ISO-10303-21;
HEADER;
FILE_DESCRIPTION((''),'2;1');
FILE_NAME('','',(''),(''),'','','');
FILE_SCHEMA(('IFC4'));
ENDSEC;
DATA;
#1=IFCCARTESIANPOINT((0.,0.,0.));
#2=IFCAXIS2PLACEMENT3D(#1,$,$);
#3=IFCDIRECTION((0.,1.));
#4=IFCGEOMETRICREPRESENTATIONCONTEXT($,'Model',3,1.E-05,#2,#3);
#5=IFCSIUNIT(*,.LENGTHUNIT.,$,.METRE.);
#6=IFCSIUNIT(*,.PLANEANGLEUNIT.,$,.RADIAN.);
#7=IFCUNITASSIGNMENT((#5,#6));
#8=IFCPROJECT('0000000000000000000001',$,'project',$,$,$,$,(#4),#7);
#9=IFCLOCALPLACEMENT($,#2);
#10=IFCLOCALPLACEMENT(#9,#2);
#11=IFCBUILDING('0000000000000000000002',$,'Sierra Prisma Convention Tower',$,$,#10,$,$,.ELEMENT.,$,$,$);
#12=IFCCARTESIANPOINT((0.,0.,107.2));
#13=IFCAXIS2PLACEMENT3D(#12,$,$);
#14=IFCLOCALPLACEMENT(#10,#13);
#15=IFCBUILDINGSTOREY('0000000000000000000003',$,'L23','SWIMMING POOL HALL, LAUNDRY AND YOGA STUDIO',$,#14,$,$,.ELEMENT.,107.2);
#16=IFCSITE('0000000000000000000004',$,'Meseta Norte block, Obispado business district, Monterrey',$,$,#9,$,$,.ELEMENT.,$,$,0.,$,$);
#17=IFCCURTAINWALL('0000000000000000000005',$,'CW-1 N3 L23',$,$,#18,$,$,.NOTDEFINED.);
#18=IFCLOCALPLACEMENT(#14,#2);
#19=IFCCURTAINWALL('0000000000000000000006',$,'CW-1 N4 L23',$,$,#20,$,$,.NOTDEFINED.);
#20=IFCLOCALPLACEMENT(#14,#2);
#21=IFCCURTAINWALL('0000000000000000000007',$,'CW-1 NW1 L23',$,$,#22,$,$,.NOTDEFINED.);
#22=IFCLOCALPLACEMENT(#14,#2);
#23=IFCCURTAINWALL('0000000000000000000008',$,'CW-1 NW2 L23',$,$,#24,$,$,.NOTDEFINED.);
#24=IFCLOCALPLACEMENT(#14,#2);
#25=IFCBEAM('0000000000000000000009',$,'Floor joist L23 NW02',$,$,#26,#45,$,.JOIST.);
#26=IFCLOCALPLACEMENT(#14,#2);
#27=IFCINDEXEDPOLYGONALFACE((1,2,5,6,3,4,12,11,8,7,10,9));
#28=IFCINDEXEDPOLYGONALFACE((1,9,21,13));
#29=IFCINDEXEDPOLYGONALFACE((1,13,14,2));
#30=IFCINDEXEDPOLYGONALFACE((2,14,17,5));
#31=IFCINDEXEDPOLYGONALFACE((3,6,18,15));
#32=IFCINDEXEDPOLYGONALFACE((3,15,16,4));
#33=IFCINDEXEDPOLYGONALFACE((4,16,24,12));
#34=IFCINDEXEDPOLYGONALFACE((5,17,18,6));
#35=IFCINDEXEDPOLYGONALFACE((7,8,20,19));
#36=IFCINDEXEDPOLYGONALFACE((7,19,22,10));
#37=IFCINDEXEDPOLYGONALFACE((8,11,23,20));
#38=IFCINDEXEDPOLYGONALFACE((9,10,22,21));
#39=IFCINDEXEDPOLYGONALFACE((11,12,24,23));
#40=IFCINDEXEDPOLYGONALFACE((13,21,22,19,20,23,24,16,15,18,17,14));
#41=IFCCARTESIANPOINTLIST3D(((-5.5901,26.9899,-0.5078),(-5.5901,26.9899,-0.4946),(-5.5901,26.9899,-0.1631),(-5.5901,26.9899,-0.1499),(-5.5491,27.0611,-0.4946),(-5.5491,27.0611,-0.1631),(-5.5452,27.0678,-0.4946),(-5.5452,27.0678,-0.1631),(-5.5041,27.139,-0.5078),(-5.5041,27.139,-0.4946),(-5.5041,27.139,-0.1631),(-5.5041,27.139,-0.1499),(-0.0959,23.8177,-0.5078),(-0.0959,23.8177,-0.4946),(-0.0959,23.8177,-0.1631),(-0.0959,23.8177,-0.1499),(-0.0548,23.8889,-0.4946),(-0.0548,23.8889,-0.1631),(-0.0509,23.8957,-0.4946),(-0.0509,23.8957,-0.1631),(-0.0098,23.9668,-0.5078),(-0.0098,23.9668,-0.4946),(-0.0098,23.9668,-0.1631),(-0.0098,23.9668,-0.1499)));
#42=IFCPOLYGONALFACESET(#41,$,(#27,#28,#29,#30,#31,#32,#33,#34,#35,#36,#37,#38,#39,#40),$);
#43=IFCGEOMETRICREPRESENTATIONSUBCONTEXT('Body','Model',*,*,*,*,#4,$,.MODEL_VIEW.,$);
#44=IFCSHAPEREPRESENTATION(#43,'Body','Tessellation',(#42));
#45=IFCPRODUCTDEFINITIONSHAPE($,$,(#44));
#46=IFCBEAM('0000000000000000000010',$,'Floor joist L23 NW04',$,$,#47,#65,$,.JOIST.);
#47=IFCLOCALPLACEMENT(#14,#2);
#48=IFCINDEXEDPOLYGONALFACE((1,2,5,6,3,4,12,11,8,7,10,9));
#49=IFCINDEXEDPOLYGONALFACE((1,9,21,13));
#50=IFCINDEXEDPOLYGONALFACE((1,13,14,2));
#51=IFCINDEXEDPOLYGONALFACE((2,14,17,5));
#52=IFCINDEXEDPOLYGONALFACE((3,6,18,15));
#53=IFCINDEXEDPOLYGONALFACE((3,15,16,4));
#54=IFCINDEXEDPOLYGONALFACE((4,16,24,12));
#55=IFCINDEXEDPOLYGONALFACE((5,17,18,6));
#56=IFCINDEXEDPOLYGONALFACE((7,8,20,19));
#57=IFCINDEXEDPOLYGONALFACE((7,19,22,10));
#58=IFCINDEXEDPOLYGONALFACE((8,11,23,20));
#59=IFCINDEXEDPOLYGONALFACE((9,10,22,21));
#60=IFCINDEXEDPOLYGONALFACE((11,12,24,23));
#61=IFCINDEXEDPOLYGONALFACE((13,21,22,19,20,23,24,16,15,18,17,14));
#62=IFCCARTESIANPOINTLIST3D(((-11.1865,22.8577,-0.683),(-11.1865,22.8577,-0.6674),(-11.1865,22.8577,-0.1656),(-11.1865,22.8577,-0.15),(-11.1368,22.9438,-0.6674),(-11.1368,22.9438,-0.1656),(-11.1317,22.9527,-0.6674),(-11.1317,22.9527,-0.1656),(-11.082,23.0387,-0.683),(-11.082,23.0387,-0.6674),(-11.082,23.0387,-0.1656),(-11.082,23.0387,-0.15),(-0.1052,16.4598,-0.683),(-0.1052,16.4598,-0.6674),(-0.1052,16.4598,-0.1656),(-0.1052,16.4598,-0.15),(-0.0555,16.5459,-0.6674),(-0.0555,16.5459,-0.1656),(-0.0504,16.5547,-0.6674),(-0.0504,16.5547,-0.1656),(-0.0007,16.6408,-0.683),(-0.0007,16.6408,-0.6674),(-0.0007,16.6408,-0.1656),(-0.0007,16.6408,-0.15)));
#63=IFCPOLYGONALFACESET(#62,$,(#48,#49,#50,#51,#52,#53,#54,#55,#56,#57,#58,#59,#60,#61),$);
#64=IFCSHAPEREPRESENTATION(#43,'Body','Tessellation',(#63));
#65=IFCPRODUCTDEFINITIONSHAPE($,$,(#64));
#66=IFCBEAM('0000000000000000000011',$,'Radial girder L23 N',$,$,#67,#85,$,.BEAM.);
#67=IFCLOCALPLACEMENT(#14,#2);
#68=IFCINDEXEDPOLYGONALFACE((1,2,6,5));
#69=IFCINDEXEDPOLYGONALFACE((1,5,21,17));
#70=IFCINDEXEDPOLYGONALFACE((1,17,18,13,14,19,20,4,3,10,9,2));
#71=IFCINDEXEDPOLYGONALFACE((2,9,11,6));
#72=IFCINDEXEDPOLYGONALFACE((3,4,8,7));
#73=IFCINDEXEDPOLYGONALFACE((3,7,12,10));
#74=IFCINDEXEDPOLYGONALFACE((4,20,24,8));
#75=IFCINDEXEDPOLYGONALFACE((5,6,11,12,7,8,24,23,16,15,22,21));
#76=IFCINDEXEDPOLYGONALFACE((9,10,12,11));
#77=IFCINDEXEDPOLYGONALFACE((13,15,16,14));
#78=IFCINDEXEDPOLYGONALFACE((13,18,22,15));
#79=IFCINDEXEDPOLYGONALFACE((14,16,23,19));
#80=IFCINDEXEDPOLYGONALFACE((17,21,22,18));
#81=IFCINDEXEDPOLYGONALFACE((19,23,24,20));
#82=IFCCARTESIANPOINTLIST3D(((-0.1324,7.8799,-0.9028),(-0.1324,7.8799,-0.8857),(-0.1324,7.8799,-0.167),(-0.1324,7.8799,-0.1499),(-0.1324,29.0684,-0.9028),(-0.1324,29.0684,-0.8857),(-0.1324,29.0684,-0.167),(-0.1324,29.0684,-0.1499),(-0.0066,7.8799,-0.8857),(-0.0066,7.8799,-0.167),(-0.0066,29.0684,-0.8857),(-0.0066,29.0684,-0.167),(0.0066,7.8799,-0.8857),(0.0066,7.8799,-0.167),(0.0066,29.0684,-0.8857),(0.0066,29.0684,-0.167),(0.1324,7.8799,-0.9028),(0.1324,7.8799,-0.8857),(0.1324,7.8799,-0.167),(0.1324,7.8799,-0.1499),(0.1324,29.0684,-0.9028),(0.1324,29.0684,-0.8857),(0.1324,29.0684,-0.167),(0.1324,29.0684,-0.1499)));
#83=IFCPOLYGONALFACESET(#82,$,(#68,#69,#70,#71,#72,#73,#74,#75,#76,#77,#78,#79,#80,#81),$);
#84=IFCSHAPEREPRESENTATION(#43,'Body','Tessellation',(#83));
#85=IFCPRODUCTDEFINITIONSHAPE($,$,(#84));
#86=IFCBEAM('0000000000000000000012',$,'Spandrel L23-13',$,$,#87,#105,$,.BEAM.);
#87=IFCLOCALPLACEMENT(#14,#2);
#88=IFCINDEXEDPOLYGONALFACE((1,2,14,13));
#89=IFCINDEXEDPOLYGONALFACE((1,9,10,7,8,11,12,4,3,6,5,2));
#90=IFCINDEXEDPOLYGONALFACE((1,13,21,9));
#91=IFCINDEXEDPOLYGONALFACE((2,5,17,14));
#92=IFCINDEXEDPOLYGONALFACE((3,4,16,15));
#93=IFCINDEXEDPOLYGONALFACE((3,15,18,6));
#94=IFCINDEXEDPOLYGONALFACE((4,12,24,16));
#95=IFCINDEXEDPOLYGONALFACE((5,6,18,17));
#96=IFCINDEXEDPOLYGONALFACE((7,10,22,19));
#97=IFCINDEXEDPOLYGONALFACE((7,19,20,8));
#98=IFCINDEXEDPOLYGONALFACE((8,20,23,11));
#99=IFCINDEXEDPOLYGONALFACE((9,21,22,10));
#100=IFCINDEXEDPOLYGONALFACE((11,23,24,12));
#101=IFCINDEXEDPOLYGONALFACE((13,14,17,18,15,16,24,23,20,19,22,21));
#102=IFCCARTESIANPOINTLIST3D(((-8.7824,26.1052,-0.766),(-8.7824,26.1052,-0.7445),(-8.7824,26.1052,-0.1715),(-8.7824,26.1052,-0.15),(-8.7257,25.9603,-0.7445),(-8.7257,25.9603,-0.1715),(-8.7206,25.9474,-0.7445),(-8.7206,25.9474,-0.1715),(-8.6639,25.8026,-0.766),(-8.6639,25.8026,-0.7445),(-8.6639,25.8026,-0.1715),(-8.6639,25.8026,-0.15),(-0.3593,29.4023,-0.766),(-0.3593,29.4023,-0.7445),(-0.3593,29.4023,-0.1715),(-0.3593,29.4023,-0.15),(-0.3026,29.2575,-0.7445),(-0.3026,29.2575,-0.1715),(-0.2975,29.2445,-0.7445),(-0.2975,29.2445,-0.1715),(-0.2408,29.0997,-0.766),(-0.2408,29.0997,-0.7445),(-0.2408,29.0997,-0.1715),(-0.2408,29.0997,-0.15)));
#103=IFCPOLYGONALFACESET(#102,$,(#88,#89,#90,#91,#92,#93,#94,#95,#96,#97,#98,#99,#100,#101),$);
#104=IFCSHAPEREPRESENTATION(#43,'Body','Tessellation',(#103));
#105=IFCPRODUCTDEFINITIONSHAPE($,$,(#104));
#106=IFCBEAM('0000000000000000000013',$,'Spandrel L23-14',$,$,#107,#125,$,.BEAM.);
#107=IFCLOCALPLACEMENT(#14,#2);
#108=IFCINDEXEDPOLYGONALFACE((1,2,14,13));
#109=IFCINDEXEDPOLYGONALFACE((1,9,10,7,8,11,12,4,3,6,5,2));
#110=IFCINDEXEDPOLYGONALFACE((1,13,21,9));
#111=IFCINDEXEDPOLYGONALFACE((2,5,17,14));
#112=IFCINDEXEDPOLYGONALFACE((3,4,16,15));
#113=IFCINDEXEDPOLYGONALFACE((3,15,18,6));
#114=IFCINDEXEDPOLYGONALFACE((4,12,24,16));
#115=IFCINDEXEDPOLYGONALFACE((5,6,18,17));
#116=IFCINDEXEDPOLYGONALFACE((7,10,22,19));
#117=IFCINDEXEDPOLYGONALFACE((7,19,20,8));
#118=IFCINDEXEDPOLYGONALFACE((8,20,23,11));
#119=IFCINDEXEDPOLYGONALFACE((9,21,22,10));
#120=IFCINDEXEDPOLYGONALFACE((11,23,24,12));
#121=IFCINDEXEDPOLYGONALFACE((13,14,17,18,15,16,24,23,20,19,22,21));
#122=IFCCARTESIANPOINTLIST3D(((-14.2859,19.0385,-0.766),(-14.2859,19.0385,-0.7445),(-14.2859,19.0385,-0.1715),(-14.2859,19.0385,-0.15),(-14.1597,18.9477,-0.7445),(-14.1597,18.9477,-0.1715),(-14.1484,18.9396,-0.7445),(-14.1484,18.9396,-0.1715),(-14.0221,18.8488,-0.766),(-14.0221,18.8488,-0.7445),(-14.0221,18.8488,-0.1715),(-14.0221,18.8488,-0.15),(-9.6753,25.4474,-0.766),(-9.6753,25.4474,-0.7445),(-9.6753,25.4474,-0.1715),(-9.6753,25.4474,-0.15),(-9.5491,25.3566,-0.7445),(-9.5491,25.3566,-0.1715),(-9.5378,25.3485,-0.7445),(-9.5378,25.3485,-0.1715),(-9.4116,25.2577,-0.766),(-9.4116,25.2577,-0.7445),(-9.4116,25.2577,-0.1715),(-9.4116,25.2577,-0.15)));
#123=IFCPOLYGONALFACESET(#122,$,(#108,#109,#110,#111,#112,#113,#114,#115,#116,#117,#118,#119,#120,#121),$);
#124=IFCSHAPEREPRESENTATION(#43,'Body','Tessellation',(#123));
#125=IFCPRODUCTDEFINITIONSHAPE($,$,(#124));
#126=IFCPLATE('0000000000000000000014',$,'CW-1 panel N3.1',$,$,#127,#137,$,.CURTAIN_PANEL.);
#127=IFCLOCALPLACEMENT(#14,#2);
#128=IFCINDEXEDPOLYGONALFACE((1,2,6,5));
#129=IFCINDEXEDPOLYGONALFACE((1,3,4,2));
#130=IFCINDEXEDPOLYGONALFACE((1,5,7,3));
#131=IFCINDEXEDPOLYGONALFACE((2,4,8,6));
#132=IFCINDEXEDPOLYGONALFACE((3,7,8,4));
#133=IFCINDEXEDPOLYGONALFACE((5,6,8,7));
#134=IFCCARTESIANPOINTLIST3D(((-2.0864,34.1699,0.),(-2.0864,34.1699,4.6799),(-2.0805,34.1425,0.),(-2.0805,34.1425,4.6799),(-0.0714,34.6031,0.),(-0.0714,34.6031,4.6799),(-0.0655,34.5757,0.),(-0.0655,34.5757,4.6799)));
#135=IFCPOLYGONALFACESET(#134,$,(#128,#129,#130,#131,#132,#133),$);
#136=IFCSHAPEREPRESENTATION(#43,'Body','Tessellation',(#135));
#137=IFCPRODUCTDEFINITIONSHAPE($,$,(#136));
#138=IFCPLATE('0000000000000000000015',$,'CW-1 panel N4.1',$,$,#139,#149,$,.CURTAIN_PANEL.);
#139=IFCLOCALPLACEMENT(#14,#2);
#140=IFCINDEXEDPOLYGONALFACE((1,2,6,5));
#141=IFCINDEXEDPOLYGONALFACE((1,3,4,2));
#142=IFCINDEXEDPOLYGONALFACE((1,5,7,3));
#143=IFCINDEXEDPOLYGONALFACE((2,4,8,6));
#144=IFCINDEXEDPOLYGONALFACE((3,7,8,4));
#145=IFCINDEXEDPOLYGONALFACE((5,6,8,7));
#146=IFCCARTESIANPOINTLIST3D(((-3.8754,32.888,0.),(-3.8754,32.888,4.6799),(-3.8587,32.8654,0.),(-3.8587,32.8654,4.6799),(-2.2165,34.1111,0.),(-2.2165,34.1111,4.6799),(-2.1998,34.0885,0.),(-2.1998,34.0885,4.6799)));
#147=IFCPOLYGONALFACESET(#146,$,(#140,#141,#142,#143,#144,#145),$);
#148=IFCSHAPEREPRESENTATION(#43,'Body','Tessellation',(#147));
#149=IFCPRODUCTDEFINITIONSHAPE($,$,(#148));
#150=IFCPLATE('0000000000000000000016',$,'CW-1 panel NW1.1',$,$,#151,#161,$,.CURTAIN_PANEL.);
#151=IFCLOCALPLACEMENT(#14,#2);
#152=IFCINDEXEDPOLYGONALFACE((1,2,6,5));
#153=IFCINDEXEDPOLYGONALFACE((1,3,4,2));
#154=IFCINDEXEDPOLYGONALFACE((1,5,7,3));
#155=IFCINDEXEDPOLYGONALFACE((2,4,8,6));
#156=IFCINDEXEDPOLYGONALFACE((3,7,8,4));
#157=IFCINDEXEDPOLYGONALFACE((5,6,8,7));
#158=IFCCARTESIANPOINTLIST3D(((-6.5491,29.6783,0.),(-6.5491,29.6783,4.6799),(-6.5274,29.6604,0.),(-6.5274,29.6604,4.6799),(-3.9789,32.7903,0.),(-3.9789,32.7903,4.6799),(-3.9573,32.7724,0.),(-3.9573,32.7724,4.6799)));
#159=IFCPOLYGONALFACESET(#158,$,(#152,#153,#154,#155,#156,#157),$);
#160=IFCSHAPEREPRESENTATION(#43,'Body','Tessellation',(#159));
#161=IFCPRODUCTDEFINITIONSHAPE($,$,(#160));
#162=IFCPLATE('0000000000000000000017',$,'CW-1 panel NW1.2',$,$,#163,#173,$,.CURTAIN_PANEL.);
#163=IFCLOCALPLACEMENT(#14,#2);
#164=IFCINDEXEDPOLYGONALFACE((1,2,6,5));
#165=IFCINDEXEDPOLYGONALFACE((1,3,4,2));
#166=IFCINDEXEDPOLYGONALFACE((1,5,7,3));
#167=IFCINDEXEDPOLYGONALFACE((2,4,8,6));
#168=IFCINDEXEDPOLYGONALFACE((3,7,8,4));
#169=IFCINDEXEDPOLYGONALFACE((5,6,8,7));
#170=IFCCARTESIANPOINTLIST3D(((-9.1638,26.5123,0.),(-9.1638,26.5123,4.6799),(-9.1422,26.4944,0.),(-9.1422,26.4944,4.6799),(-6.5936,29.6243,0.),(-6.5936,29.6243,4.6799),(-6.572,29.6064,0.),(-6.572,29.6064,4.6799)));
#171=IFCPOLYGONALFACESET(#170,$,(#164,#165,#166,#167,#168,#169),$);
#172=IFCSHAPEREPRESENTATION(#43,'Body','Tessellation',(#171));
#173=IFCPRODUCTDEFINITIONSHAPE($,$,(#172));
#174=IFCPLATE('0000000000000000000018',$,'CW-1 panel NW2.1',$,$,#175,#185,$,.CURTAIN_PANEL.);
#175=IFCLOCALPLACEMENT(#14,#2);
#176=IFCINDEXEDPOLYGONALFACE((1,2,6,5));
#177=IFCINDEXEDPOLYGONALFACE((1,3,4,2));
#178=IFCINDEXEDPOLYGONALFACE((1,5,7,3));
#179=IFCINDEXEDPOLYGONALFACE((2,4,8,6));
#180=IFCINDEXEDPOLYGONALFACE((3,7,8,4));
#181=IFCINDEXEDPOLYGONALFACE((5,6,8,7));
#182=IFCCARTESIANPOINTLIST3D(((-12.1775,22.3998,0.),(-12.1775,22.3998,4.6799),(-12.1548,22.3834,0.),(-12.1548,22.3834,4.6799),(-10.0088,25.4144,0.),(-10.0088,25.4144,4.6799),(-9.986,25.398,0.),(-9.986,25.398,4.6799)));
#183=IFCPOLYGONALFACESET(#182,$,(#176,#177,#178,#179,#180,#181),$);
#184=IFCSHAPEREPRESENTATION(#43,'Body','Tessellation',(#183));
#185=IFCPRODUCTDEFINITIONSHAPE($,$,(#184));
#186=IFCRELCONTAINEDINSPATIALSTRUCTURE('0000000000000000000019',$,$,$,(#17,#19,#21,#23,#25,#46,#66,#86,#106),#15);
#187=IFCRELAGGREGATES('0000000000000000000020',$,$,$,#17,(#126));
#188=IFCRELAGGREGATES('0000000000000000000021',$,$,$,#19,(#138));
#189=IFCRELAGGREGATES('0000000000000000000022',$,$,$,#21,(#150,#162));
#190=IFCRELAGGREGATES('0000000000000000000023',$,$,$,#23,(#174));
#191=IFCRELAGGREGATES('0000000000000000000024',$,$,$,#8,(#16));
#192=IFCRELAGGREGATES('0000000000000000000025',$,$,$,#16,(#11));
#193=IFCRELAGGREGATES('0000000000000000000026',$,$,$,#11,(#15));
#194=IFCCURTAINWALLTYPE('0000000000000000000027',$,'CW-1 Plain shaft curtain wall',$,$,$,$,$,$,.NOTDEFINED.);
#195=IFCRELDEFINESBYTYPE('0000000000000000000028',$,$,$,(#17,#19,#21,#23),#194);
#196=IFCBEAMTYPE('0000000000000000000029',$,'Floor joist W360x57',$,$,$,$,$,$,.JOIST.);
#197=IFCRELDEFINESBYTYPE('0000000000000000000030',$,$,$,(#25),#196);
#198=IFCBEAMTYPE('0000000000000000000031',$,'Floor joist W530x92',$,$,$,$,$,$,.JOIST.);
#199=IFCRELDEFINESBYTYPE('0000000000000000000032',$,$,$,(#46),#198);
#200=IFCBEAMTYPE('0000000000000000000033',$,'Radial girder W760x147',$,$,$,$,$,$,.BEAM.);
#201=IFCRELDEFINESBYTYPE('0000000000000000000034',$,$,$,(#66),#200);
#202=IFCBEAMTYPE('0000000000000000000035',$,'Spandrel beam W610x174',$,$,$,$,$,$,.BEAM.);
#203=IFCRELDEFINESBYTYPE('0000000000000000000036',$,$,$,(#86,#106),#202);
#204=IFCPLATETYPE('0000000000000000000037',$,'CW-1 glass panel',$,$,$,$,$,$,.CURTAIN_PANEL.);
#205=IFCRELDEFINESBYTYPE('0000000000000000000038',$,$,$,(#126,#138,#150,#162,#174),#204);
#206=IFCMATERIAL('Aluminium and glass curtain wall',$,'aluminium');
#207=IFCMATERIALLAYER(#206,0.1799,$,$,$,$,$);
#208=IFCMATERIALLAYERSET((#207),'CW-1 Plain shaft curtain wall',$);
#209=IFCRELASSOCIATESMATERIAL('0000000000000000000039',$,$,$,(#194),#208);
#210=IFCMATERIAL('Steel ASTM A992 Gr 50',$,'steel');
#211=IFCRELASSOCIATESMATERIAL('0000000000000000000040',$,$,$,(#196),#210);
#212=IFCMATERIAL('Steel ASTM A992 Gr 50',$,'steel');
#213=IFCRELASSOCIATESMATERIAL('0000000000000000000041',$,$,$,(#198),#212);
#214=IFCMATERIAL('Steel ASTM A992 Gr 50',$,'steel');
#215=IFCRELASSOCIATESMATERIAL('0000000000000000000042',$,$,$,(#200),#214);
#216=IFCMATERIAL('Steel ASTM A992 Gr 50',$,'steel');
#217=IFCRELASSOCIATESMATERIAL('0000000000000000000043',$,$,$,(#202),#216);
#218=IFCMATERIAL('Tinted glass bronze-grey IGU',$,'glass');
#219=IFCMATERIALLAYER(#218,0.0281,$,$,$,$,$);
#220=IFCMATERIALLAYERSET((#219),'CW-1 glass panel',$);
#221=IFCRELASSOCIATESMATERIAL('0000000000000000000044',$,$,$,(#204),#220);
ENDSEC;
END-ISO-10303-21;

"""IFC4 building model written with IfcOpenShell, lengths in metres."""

from ifc_helpers import new_model, si_unit, direction, frame, origin, origin_2d, place, context, subcontext, project, spatial, rectangle, i_section, extrude, material, layer, layer_set, material_profile, profile_set, type_object, element, aggregate, save


model = new_model("IFC4")

# Units and contexts
model_context = context("Model", 3, precision=1e-05, world=origin(), true_north=direction((0.0, 1.0)))
body_context = subcontext(model_context, "Body", "Model", "MODEL_VIEW")
ifc_project = project(units=[si_unit("LENGTHUNIT", "METRE"), si_unit("PLANEANGLEUNIT", "RADIAN")], contexts=[model_context])

# Site, building, storey
site_placement = place(None, origin())
site = spatial("IfcSite", under=ifc_project, at=site_placement, Name="Meseta Norte block, Obispado business district, Monterrey", CompositionType="ELEMENT", RefElevation=0.0)
building_placement = place(site_placement, origin())
building = spatial("IfcBuilding", under=site, at=building_placement, Name="Sierra Prisma Convention Tower", CompositionType="ELEMENT")
storey_placement = place(building_placement, frame((0.0, 0.0, 107.2)))
storey = spatial("IfcBuildingStorey", under=building, at=storey_placement, Name="L23", Description="SWIMMING POOL HALL, LAUNDRY AND YOGA STUDIO", CompositionType="ELEMENT", Elevation=107.2)

# Curtain walls
ifc_material_1 = material(Name="Aluminium and glass curtain wall", Category="aluminium")
ifc_layer_1 = layer(ifc_material_1, 0.1799)
ifc_layer_set_1 = layer_set([ifc_layer_1], Name="CW-1 Plain shaft curtain wall")
curtain_wall_type = type_object("IfcCurtainWallType", Name="CW-1 Plain shaft curtain wall", PredefinedType="NOTDEFINED", material=ifc_layer_set_1)
curtain_wall_1_placement = place(storey_placement, origin())
curtain_wall_1 = element("IfcCurtainWall", 1, at=curtain_wall_1_placement, inside=storey, type_object=curtain_wall_type, Name="CW-1 N3 L23", PredefinedType="NOTDEFINED")
curtain_wall_2_placement = place(storey_placement, origin())
curtain_wall_2 = element("IfcCurtainWall", 2, at=curtain_wall_2_placement, inside=storey, type_object=curtain_wall_type, Name="CW-1 N4 L23", PredefinedType="NOTDEFINED")

# Curtain walls
curtain_wall_3_placement = place(storey_placement, origin())
curtain_wall_3 = element("IfcCurtainWall", 3, at=curtain_wall_3_placement, inside=storey, type_object=curtain_wall_type, Name="CW-1 NW1 L23", PredefinedType="NOTDEFINED")
curtain_wall_4_placement = place(storey_placement, origin())
curtain_wall_4 = element("IfcCurtainWall", 4, at=curtain_wall_4_placement, inside=storey, type_object=curtain_wall_type, Name="CW-1 NW2 L23", PredefinedType="NOTDEFINED")

# Beams
ifc_material_2 = material(Name="Steel ASTM A992 Gr 50", Category="steel")
ifc_material_profile_1 = material_profile(ifc_material_2, i_section(OverallWidth=0.1721, OverallDepth=0.3579, WebThickness=0.0078, FlangeThickness=0.0132, at=origin_2d()), Name="W360x57")
ifc_profile_set_1 = profile_set([ifc_material_profile_1], Name="Steel ASTM A992 Gr 50")
beam_type_1 = type_object("IfcBeamType", Name="Floor joist W360x57", PredefinedType="JOIST", material=ifc_profile_set_1)
beam_1_placement = place(storey_placement, frame((-5.5471, 27.0645, -0.3289), z_axis=(0.86602, -0.500009, 0.0), x_axis=(0.500009, 0.86602, 0.0)))
element("IfcBeam", 5, at=beam_1_placement, inside=storey, type_object=beam_type_1, Name="Floor joist L23 NW02", PredefinedType="JOIST", context=body_context, shape_type="SweptSolid", body=[
    extrude(i_section(OverallWidth=0.1721, OverallDepth=0.3579, WebThickness=0.0078, FlangeThickness=0.0132, at=origin_2d()), origin(), (0.0, 0.0, 1.0), 6.3442),
])
ifc_material_3 = material(Name="Steel ASTM A992 Gr 50", Category="steel")
ifc_material_profile_2 = material_profile(ifc_material_3, i_section(OverallWidth=0.209, OverallDepth=0.533, WebThickness=0.0103, FlangeThickness=0.0156, at=origin_2d()), Name="W530x92")
ifc_profile_set_2 = profile_set([ifc_material_profile_2], Name="Steel ASTM A992 Gr 50")
beam_type_2 = type_object("IfcBeamType", Name="Floor joist W530x92", PredefinedType="JOIST", material=ifc_profile_set_2)
beam_2_placement = place(storey_placement, frame((-11.1343, 22.9482, -0.4165), z_axis=(0.86602, -0.500009, 0.0), x_axis=(0.500009, 0.86602, 0.0)))
element("IfcBeam", 6, at=beam_2_placement, inside=storey, type_object=beam_type_2, Name="Floor joist L23 NW04", PredefinedType="JOIST", context=body_context, shape_type="SweptSolid", body=[
    extrude(i_section(OverallWidth=0.209, OverallDepth=0.533, WebThickness=0.0103, FlangeThickness=0.0156, at=origin_2d()), origin(), (0.0, 0.0, 1.0), 12.7957),
])
ifc_material_4 = material(Name="Steel ASTM A992 Gr 50", Category="steel")
ifc_material_profile_3 = material_profile(ifc_material_4, i_section(OverallWidth=0.2649, OverallDepth=0.7529, WebThickness=0.0132, FlangeThickness=0.0171, at=origin_2d()), Name="W760x147")
ifc_profile_set_3 = profile_set([ifc_material_profile_3], Name="Steel ASTM A992 Gr 50")
beam_type_3 = type_object("IfcBeamType", Name="Radial girder W760x147", PredefinedType="BEAM", material=ifc_profile_set_3)
beam_3_placement = place(storey_placement, frame((0.0, 29.0684, -0.5264), z_axis=(0.0, -1.0, 0.0), x_axis=(1.0, 0.0, 0.0)))
element("IfcBeam", 7, at=beam_3_placement, inside=storey, type_object=beam_type_3, Name="Radial girder L23 N", PredefinedType="BEAM", context=body_context, shape_type="SweptSolid", body=[
    extrude(i_section(OverallWidth=0.2649, OverallDepth=0.7529, WebThickness=0.0132, FlangeThickness=0.0171, at=origin_2d()), origin(), (0.0, 0.0, 1.0), 21.1885),
])
ifc_material_5 = material(Name="Steel ASTM A992 Gr 50", Category="steel")
ifc_material_profile_4 = material_profile(ifc_material_5, i_section(OverallWidth=0.325, OverallDepth=0.616, WebThickness=0.0139, FlangeThickness=0.0215, at=origin_2d()), Name="W610x174")
ifc_profile_set_4 = profile_set([ifc_material_profile_4], Name="Steel ASTM A992 Gr 50")
beam_type_4 = type_object("IfcBeamType", Name="Spandrel beam W610x174", PredefinedType="BEAM", material=ifc_profile_set_4)
beam_4_placement = place(storey_placement, frame((-0.3, 29.251, -0.458), z_axis=(-0.931201, -0.364507, 0.0), x_axis=(0.364507, -0.931201, 0.0)))
element("IfcBeam", 8, at=beam_4_placement, inside=storey, type_object=beam_type_4, Name="Spandrel L23-13", PredefinedType="BEAM", context=body_context, shape_type="SweptSolid", body=[
    extrude(i_section(OverallWidth=0.325, OverallDepth=0.616, WebThickness=0.0139, FlangeThickness=0.0215, at=origin_2d()), origin(), (0.0, 0.0, 1.0), 9.0454),
])
beam_5_placement = place(storey_placement, frame((-9.5435, 25.3525, -0.458), z_axis=(-0.583985, -0.811765, 0.0), x_axis=(0.811765, -0.583985, 0.0)))
element("IfcBeam", 9, at=beam_5_placement, inside=storey, type_object=beam_type_4, Name="Spandrel L23-14", PredefinedType="BEAM", context=body_context, shape_type="SweptSolid", body=[
    extrude(i_section(OverallWidth=0.325, OverallDepth=0.616, WebThickness=0.0139, FlangeThickness=0.0215, at=origin_2d()), origin(), (0.0, 0.0, 1.0), 7.895),
])

# Plates
ifc_material_6 = material(Name="Tinted glass bronze-grey IGU", Category="glass")
ifc_layer_2 = layer(ifc_material_6, 0.0281)
ifc_layer_set_2 = layer_set([ifc_layer_2], Name="CW-1 glass panel")
plate_type = type_object("IfcPlateType", Name="CW-1 glass panel", PredefinedType="CURTAIN_PANEL", material=ifc_layer_set_2)
plate_1_placement = place(storey_placement, frame((-1.0759, 34.3728, 0.0), z_axis=(0.0, 0.0, 1.0), x_axis=(-0.977659, -0.210199, 0.0)))
plate_1 = element("IfcPlate", 10, at=plate_1_placement, type_object=plate_type, Name="CW-1 panel N3.1", PredefinedType="CURTAIN_PANEL", context=body_context, shape_type="SweptSolid", body=[
    extrude(rectangle(XDim=2.061, YDim=0.0281, at=origin_2d()), origin(), (0.0, 0.0, 1.0), 4.6799),
])
aggregate(curtain_wall_1, [plate_1])
plate_2_placement = place(storey_placement, frame((-3.0376, 33.4883, 0.0), z_axis=(0.0, 0.0, 1.0), x_axis=(-0.804872, -0.593448, 0.0)))
plate_2 = element("IfcPlate", 11, at=plate_2_placement, type_object=plate_type, Name="CW-1 panel N4.1", PredefinedType="CURTAIN_PANEL", context=body_context, shape_type="SweptSolid", body=[
    extrude(rectangle(XDim=2.061, YDim=0.0281, at=origin_2d()), origin(), (0.0, 0.0, 1.0), 4.6799),
])
aggregate(curtain_wall_2, [plate_2])
plate_3_placement = place(storey_placement, frame((-5.2532, 31.2253, 0.0), z_axis=(0.0, 0.0, 1.0), x_axis=(-0.636795, -0.771033, 0.0)))
plate_3 = element("IfcPlate", 12, at=plate_3_placement, type_object=plate_type, Name="CW-1 panel NW1.1", PredefinedType="CURTAIN_PANEL", context=body_context, shape_type="SweptSolid", body=[
    extrude(rectangle(XDim=4.0361, YDim=0.0281, at=origin_2d()), origin(), (0.0, 0.0, 1.0), 4.6799),
])
plate_4_placement = place(storey_placement, frame((-7.8679, 28.0593, 0.0), z_axis=(0.0, 0.0, 1.0), x_axis=(-0.636795, -0.771033, 0.0)))
plate_4 = element("IfcPlate", 13, at=plate_4_placement, type_object=plate_type, Name="CW-1 panel NW1.2", PredefinedType="CURTAIN_PANEL", context=body_context, shape_type="SweptSolid", body=[
    extrude(rectangle(XDim=4.0361, YDim=0.0281, at=origin_2d()), origin(), (0.0, 0.0, 1.0), 4.6799),
])
aggregate(curtain_wall_3, [plate_3, plate_4])
plate_5_placement = place(storey_placement, frame((-11.0818, 23.8989, 0.0), z_axis=(0.0, 0.0, 1.0), x_axis=(-0.583994, -0.811758, 0.0)))
plate_5 = element("IfcPlate", 14, at=plate_5_placement, type_object=plate_type, Name="CW-1 panel NW2.1", PredefinedType="CURTAIN_PANEL", context=body_context, shape_type="SweptSolid", body=[
    extrude(rectangle(XDim=3.7136, YDim=0.0281, at=origin_2d()), origin(), (0.0, 0.0, 1.0), 4.6799),
])
aggregate(curtain_wall_4, [plate_5])

save(model, "model.ifc")
